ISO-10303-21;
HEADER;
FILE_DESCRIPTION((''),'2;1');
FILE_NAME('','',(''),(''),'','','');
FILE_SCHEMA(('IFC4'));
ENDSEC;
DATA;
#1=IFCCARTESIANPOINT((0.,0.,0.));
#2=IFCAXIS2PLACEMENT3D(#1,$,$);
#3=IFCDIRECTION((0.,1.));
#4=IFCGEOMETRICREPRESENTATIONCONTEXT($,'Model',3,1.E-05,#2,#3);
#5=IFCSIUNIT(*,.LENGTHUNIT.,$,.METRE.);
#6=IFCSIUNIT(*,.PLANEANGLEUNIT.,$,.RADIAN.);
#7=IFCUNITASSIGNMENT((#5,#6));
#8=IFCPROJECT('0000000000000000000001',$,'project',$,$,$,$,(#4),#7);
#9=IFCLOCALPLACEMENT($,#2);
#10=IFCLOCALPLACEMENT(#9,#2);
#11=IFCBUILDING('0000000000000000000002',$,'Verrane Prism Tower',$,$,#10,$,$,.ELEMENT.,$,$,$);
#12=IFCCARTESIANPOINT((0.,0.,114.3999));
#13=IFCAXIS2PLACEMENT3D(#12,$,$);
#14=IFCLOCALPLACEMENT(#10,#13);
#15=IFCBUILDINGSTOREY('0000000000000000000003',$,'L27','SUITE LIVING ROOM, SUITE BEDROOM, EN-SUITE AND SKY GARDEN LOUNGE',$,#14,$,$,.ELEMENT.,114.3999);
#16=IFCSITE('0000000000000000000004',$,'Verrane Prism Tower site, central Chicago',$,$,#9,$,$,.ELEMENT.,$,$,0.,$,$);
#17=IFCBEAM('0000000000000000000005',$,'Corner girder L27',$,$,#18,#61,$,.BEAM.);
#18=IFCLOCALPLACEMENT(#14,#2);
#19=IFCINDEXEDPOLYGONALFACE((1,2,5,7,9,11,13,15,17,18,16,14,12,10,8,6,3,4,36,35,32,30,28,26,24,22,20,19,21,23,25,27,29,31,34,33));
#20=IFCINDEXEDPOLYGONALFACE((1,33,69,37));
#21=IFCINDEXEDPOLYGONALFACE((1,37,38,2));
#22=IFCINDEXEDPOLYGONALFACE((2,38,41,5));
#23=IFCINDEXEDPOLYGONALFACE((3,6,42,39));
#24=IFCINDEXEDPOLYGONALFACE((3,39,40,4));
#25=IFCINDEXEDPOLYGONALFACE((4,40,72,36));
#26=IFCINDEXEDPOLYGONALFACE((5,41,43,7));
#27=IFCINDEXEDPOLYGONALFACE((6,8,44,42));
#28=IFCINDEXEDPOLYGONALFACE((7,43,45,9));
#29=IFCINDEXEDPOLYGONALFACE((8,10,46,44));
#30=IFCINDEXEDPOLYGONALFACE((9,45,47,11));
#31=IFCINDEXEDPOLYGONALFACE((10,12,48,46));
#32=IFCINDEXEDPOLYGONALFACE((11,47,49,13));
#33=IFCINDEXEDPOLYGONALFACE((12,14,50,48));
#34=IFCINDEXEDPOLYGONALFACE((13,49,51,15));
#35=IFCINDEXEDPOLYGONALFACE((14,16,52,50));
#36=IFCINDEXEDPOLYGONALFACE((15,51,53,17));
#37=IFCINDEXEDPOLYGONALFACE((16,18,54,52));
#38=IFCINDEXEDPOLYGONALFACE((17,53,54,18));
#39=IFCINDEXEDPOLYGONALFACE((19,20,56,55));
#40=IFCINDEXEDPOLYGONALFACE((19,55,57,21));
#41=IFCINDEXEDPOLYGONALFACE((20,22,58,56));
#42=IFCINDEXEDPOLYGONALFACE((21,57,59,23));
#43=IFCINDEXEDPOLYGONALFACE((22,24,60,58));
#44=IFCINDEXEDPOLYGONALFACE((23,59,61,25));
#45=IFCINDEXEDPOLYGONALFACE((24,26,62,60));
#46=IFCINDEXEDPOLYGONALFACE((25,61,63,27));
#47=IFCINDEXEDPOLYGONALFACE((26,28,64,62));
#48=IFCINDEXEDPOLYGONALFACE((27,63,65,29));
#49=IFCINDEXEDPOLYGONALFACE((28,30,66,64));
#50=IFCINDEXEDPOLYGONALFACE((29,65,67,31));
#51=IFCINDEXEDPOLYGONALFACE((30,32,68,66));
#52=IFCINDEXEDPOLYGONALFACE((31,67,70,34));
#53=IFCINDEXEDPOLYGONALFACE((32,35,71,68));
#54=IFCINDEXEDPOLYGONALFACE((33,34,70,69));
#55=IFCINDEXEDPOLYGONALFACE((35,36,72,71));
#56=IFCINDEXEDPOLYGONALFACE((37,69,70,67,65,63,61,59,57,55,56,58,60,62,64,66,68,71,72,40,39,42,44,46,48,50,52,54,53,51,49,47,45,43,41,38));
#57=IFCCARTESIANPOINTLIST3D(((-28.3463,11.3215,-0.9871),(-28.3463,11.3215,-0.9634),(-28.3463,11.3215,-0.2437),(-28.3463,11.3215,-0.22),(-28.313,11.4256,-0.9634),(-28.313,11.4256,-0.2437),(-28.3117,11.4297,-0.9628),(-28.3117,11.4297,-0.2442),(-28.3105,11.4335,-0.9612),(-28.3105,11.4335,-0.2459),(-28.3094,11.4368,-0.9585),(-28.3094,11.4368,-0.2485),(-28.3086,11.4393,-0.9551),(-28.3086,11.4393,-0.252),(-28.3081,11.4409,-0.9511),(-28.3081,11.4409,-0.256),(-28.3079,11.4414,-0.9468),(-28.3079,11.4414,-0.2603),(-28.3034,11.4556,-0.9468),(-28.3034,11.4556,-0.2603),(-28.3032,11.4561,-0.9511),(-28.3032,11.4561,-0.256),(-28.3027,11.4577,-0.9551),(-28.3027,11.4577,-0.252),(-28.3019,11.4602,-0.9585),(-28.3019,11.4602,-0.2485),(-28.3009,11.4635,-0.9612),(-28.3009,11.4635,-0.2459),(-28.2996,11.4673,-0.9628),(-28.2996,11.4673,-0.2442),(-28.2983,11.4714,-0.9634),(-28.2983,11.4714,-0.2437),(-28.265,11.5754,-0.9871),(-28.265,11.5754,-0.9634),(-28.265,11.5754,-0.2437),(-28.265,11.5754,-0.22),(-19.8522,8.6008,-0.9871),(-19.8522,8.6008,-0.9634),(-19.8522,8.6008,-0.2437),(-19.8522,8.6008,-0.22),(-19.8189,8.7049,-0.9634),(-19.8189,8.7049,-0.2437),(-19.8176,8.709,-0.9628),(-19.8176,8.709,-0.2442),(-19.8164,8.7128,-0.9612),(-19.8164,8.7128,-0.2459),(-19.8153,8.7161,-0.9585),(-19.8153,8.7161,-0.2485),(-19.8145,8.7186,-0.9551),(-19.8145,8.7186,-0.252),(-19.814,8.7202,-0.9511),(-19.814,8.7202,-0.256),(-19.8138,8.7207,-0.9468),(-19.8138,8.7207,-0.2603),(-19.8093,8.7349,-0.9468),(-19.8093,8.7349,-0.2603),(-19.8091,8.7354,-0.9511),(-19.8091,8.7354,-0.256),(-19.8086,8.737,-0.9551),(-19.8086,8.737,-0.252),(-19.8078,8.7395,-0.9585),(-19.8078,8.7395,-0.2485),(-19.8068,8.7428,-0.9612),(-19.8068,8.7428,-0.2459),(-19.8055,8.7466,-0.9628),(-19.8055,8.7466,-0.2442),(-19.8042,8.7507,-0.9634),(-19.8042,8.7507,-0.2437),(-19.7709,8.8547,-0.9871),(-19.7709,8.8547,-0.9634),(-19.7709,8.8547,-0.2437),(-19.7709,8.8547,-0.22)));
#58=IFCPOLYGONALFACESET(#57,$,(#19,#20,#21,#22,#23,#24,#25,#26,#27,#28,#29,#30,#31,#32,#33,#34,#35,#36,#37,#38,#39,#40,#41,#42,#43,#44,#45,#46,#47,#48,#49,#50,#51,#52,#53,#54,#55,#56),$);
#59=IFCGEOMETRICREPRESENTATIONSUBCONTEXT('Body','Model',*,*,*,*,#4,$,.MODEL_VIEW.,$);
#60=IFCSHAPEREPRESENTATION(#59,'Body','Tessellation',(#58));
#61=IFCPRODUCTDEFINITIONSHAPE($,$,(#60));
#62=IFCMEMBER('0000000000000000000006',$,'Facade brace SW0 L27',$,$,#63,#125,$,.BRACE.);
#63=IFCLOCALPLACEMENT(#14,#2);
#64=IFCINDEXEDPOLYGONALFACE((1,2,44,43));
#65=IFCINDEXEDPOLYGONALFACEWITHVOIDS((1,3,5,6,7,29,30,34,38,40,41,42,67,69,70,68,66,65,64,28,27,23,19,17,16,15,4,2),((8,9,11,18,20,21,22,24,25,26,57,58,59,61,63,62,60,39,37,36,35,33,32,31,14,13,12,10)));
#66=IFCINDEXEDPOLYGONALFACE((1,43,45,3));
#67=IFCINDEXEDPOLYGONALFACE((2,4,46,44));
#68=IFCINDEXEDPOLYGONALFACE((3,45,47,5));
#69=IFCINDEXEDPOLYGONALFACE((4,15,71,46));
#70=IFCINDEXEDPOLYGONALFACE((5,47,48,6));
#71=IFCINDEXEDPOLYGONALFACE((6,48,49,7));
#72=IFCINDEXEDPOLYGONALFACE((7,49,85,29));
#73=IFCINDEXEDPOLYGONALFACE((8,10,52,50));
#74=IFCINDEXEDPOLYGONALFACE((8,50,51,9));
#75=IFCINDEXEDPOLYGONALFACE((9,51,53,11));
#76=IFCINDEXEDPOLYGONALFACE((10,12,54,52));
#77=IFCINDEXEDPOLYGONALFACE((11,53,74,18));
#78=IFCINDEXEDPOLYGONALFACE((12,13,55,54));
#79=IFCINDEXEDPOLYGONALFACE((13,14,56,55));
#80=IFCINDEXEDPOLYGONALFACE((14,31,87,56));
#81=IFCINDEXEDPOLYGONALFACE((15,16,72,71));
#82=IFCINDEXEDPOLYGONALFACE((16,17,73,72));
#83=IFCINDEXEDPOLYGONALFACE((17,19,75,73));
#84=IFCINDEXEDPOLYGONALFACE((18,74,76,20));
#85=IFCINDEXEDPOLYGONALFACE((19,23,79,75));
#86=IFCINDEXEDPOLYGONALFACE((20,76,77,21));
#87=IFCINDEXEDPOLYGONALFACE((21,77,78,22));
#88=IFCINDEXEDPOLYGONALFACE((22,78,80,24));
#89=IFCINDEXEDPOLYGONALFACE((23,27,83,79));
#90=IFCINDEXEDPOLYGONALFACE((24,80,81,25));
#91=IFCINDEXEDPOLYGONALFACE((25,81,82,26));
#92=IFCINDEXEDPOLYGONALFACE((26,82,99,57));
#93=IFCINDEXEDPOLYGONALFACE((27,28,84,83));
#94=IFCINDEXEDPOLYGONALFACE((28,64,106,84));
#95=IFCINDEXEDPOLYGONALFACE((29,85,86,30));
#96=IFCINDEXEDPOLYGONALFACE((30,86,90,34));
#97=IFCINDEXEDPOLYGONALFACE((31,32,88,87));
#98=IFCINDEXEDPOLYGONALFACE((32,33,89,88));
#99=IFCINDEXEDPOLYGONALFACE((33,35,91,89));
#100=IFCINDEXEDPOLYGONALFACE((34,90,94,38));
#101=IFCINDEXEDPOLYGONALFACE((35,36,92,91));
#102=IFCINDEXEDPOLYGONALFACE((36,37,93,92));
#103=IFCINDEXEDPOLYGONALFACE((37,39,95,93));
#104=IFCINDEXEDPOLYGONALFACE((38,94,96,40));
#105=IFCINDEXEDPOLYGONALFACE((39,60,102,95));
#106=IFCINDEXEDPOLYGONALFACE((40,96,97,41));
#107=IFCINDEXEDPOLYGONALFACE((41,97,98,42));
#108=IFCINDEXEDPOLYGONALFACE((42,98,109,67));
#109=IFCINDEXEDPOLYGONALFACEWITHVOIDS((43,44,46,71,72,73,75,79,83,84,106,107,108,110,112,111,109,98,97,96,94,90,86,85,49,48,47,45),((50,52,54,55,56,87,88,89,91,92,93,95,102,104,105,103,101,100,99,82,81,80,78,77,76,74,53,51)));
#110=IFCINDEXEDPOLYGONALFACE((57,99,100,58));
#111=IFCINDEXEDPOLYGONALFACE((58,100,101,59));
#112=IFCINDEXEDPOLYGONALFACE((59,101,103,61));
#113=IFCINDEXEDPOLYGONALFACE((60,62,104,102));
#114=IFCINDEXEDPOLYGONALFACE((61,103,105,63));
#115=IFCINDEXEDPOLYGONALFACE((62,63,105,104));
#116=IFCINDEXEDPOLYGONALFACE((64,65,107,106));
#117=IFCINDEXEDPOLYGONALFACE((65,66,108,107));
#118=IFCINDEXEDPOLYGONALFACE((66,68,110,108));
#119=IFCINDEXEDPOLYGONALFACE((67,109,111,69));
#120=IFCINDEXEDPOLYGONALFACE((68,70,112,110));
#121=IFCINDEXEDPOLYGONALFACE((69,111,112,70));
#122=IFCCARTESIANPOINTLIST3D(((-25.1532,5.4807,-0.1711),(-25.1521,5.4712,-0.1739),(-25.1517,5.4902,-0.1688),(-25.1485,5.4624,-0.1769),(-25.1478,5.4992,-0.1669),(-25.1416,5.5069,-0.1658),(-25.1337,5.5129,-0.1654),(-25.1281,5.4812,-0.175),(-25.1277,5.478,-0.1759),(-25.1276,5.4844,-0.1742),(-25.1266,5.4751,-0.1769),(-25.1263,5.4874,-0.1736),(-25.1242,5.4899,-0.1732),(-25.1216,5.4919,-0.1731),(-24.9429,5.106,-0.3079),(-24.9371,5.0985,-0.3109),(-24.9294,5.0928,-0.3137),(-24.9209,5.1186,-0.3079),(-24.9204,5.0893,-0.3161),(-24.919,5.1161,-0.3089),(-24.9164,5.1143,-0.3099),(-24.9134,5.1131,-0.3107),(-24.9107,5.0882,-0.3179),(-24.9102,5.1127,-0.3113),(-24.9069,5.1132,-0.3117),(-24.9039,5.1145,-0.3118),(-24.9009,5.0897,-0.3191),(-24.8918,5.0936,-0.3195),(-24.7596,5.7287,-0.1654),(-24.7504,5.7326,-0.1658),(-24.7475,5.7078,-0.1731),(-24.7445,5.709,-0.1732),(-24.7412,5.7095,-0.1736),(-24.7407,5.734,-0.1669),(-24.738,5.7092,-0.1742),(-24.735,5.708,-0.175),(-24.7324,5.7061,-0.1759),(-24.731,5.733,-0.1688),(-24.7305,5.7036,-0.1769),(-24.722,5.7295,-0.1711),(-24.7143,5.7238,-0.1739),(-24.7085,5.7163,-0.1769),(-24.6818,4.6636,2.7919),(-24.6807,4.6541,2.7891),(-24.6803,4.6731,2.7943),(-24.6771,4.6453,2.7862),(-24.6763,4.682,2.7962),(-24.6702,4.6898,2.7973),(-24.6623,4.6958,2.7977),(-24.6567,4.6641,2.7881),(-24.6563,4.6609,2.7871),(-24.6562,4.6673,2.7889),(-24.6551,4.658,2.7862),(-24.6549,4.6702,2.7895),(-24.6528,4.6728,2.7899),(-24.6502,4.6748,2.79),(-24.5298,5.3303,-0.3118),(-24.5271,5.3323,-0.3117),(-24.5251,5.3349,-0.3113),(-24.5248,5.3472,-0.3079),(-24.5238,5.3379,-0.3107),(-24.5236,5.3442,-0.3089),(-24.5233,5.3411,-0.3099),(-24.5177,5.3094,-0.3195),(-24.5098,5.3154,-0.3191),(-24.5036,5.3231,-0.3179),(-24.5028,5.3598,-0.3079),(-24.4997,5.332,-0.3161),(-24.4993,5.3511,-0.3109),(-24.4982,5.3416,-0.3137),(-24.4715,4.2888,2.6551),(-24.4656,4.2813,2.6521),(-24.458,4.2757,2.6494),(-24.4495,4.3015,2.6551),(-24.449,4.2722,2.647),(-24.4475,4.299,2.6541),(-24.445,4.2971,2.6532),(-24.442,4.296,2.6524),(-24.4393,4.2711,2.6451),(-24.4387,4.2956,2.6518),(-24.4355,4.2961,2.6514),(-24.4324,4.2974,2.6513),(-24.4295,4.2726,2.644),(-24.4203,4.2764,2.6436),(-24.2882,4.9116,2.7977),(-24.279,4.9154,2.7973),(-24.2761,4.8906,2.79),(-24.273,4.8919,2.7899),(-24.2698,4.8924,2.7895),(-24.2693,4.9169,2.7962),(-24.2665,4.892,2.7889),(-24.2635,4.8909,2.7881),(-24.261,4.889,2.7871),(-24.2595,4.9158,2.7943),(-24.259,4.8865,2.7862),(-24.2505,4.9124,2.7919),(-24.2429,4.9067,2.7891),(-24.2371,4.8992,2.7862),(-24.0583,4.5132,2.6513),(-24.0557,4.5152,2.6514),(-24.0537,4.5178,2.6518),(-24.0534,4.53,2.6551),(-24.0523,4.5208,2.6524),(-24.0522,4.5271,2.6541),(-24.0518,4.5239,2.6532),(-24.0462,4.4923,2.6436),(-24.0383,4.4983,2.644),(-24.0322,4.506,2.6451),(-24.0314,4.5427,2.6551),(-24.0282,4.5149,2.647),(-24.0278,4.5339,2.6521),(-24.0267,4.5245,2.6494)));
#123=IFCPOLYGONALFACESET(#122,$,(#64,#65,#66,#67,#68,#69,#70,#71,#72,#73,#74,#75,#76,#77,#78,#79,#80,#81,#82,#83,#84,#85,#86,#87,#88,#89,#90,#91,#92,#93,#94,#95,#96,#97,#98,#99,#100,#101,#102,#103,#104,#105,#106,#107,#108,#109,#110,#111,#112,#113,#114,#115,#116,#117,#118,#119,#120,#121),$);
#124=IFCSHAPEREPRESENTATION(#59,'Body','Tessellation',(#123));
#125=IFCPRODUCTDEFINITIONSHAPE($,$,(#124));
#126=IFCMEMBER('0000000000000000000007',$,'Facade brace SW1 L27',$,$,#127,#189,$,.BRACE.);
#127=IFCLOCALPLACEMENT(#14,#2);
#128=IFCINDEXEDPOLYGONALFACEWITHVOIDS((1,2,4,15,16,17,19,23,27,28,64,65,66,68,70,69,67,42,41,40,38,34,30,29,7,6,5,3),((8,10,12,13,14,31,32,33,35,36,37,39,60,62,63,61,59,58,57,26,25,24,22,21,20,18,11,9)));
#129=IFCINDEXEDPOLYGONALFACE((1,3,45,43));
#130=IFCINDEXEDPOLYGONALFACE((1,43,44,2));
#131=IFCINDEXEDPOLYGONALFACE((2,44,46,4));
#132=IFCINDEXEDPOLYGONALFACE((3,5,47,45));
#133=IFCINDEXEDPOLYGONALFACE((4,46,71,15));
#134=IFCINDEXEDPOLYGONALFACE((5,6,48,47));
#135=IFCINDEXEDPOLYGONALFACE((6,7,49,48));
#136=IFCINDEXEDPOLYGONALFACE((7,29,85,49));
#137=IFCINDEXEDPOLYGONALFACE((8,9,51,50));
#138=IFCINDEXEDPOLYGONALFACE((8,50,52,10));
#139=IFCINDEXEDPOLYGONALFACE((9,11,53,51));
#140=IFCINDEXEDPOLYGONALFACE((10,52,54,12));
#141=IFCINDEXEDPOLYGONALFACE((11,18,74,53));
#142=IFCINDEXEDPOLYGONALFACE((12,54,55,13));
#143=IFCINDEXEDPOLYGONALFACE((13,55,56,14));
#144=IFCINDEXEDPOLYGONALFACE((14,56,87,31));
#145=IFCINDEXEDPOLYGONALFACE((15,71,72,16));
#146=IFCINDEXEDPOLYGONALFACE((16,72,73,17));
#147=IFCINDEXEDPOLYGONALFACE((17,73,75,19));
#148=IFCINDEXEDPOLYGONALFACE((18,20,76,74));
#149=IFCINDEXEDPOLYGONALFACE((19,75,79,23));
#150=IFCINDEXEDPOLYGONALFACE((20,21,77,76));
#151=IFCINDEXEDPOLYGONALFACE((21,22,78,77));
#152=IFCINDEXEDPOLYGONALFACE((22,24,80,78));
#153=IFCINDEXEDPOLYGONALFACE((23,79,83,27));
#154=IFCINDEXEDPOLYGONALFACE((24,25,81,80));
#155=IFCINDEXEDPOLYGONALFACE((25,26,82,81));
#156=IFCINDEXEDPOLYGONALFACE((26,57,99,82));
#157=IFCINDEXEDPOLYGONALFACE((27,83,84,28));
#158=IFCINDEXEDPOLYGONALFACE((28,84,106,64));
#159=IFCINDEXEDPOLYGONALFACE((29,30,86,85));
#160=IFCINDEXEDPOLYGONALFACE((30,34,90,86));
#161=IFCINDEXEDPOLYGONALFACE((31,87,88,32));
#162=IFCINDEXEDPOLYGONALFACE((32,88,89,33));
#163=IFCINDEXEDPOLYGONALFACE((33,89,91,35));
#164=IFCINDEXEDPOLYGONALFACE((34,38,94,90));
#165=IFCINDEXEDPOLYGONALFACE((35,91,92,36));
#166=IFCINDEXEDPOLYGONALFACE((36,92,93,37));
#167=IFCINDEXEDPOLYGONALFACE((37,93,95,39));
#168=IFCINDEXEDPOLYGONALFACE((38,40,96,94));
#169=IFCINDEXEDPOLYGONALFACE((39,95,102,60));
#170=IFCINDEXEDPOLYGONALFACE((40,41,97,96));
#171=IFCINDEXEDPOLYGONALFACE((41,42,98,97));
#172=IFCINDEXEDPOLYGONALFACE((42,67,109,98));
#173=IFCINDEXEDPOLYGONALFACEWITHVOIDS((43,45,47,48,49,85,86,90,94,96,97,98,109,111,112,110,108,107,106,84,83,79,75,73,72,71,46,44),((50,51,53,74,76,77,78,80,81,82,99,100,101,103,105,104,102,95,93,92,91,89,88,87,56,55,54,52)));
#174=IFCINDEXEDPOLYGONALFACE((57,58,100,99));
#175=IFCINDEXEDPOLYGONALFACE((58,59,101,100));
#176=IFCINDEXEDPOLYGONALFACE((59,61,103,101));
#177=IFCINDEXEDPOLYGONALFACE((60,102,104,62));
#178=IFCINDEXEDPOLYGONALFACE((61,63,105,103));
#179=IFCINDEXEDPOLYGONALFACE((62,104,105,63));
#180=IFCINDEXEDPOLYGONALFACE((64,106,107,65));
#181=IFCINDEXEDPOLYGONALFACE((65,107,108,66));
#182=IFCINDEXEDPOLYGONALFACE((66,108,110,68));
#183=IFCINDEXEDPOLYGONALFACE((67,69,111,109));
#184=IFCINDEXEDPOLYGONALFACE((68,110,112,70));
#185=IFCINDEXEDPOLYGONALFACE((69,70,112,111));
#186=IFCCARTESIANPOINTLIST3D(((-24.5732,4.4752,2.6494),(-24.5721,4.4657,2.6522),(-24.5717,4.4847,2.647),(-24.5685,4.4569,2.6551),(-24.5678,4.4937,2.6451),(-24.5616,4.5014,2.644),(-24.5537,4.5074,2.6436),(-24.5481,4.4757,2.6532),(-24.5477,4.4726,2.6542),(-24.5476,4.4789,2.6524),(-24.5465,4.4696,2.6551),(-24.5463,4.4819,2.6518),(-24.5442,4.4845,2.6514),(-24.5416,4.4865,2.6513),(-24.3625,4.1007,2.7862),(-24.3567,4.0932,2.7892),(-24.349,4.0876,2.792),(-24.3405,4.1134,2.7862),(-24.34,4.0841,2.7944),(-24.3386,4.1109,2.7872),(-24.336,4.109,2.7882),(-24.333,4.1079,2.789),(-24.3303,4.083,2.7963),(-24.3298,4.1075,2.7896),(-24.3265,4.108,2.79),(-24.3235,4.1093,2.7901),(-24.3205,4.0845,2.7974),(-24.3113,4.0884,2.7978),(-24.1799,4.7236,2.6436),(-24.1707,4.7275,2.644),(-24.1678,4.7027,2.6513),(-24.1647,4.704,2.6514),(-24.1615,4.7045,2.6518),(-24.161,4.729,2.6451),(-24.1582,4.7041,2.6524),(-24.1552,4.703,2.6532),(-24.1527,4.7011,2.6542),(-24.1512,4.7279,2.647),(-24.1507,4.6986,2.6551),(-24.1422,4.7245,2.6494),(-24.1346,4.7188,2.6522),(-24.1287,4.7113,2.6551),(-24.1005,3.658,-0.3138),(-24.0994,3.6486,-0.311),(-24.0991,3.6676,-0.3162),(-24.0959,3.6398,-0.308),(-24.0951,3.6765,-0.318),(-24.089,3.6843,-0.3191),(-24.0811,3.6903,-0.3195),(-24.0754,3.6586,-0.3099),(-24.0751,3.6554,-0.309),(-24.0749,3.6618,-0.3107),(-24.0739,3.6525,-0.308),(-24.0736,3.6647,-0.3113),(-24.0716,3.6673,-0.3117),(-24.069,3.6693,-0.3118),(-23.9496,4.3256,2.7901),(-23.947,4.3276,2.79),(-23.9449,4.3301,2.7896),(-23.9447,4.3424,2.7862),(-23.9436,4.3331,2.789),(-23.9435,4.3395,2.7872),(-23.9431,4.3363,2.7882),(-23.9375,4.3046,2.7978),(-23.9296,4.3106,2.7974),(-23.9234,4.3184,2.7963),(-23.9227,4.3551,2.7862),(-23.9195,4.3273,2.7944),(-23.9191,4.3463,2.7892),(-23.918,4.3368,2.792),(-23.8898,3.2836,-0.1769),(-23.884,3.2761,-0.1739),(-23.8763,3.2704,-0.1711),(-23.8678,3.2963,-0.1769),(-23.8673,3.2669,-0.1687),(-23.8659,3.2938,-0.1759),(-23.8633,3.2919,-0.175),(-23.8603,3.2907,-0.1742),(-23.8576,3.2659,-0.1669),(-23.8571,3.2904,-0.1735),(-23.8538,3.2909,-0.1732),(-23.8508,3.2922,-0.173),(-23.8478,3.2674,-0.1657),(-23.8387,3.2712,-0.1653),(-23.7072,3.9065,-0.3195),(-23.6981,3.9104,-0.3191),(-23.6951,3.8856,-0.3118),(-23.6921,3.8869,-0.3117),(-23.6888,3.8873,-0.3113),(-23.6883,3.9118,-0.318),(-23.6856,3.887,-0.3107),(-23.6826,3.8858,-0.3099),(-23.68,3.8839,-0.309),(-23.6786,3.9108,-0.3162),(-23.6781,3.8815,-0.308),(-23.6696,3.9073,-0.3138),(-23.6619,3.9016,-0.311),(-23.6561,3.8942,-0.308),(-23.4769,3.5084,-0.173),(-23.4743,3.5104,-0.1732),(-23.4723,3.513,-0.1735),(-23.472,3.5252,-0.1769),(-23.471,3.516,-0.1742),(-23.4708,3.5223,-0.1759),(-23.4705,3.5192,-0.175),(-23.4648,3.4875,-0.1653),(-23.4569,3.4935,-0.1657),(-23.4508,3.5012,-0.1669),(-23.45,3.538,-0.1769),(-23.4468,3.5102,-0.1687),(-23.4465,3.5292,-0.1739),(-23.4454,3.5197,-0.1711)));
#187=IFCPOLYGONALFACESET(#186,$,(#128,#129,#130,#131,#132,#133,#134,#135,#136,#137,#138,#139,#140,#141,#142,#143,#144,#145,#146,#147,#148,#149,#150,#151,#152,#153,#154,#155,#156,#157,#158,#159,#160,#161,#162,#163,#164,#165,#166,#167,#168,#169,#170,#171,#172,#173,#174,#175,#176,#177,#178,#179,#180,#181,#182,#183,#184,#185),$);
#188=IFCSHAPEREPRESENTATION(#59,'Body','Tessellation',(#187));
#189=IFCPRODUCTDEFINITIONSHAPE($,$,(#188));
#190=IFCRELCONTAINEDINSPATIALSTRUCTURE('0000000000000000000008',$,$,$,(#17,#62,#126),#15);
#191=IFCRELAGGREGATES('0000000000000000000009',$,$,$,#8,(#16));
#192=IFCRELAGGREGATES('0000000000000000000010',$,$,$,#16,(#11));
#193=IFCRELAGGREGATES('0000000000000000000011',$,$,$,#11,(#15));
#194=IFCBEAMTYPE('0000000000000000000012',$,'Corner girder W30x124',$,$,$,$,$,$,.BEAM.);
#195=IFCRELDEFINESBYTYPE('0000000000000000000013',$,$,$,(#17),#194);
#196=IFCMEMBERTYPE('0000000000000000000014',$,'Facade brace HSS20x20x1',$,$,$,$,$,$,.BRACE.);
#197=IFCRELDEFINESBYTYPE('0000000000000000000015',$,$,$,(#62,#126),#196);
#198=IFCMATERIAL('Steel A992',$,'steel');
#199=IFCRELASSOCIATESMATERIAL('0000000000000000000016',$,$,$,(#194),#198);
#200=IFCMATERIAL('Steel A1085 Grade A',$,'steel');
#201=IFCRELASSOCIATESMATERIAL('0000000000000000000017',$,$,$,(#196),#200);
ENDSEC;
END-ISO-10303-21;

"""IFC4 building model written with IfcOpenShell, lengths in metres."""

from ifc_helpers import new_model, si_unit, direction, frame, origin, origin_2d, place, context, subcontext, project, spatial, hollow_rectangle, i_section, extrude, material, material_profile, profile_set, type_object, element, save


model = new_model("IFC4")

# Units and contexts
model_context = context("Model", 3, precision=1e-05, world=origin(), true_north=direction((0.0, 1.0)))
body_context = subcontext(model_context, "Body", "Model", "MODEL_VIEW")
ifc_project = project(units=[si_unit("LENGTHUNIT", "METRE"), si_unit("PLANEANGLEUNIT", "RADIAN")], contexts=[model_context])

# Site, building, storey
site_placement = place(None, origin())
site = spatial("IfcSite", under=ifc_project, at=site_placement, Name="Verrane Prism Tower site, central Chicago", CompositionType="ELEMENT", RefElevation=0.0)
building_placement = place(site_placement, origin())
building = spatial("IfcBuilding", under=site, at=building_placement, Name="Verrane Prism Tower", CompositionType="ELEMENT")
storey_placement = place(building_placement, frame((0.0, 0.0, 114.3999)))
storey = spatial("IfcBuildingStorey", under=building, at=storey_placement, Name="L27", Description="SUITE LIVING ROOM, SUITE BEDROOM, EN-SUITE AND SKY GARDEN LOUNGE", CompositionType="ELEMENT", Elevation=114.3999)

# Beam
ifc_material_1 = material(Name="Steel A992", Category="steel")
ifc_material_profile_1 = material_profile(ifc_material_1, i_section(OverallWidth=0.2666, OverallDepth=0.7671, WebThickness=0.0149, FlangeThickness=0.0237, FilletRadius=0.0166, at=origin_2d()), Name="W30x124")
ifc_profile_set_1 = profile_set([ifc_material_profile_1], Name="Steel A992")
beam_type_1 = type_object("IfcBeamType", Name="Corner girder W30x124", PredefinedType="BEAM", material=ifc_profile_set_1)
beam_1_placement = place(storey_placement, frame((-28.3057, 11.4485, -0.6035), z_axis=(0.95234, -0.305038, 0.0), x_axis=(0.305038, 0.95234, 0.0)))
element("IfcBeam", 1, at=beam_1_placement, inside=storey, type_object=beam_type_1, Name="Corner girder L27", PredefinedType="BEAM", context=body_context, shape_type="SweptSolid", body=[
    extrude(i_section(OverallWidth=0.2666, OverallDepth=0.7671, WebThickness=0.0149, FlangeThickness=0.0237, FilletRadius=0.0166, at=origin_2d()), origin(), (0.0, 0.0, 1.0), 8.9192),
])

# Members
ifc_material_2 = material(Name="Steel A1085 Grade A", Category="steel")
ifc_material_profile_2 = material_profile(ifc_material_2, hollow_rectangle(XDim=0.5081, YDim=0.5081, WallThickness=0.0254, InnerFilletRadius=0.0127, OuterFilletRadius=0.0381, at=origin_2d()), Name="HSS20x20x1")
ifc_profile_set_2 = profile_set([ifc_material_profile_2], Name="Steel A1085 Grade A")
member_type_1 = type_object("IfcMemberType", Name="Facade brace HSS20x20x1", PredefinedType="BRACE", material=ifc_profile_set_2)
member_1_placement = place(storey_placement, frame((-24.8257, 5.4111, -0.2424), z_axis=(0.151602, -0.262772, 0.952873), x_axis=(0.866181, 0.49973, 0.0)))
element("IfcMember", 2, at=member_1_placement, inside=storey, type_object=member_type_1, Name="Facade brace SW0 L27", PredefinedType="BRACE", context=body_context, shape_type="SweptSolid", body=[
    extrude(hollow_rectangle(XDim=0.5081, YDim=0.5081, WallThickness=0.0254, InnerFilletRadius=0.0127, OuterFilletRadius=0.0381, at=origin_2d()), origin(), (0.0, 0.0, 1.0), 3.1096),
])
member_2_placement = place(storey_placement, frame((-23.7729, 3.5889, -0.2424), z_axis=(-0.151986, 0.262757, 0.952816), x_axis=(-0.865621, -0.5007, 0.0)))
element("IfcMember", 3, at=member_2_placement, inside=storey, type_object=member_type_1, Name="Facade brace SW1 L27", PredefinedType="BRACE", context=body_context, shape_type="SweptSolid", body=[
    extrude(hollow_rectangle(XDim=0.5081, YDim=0.5081, WallThickness=0.0254, InnerFilletRadius=0.0127, OuterFilletRadius=0.0381, at=origin_2d()), origin(), (0.0, 0.0, 1.0), 3.1099),
])

save(model, "model.ifc")
